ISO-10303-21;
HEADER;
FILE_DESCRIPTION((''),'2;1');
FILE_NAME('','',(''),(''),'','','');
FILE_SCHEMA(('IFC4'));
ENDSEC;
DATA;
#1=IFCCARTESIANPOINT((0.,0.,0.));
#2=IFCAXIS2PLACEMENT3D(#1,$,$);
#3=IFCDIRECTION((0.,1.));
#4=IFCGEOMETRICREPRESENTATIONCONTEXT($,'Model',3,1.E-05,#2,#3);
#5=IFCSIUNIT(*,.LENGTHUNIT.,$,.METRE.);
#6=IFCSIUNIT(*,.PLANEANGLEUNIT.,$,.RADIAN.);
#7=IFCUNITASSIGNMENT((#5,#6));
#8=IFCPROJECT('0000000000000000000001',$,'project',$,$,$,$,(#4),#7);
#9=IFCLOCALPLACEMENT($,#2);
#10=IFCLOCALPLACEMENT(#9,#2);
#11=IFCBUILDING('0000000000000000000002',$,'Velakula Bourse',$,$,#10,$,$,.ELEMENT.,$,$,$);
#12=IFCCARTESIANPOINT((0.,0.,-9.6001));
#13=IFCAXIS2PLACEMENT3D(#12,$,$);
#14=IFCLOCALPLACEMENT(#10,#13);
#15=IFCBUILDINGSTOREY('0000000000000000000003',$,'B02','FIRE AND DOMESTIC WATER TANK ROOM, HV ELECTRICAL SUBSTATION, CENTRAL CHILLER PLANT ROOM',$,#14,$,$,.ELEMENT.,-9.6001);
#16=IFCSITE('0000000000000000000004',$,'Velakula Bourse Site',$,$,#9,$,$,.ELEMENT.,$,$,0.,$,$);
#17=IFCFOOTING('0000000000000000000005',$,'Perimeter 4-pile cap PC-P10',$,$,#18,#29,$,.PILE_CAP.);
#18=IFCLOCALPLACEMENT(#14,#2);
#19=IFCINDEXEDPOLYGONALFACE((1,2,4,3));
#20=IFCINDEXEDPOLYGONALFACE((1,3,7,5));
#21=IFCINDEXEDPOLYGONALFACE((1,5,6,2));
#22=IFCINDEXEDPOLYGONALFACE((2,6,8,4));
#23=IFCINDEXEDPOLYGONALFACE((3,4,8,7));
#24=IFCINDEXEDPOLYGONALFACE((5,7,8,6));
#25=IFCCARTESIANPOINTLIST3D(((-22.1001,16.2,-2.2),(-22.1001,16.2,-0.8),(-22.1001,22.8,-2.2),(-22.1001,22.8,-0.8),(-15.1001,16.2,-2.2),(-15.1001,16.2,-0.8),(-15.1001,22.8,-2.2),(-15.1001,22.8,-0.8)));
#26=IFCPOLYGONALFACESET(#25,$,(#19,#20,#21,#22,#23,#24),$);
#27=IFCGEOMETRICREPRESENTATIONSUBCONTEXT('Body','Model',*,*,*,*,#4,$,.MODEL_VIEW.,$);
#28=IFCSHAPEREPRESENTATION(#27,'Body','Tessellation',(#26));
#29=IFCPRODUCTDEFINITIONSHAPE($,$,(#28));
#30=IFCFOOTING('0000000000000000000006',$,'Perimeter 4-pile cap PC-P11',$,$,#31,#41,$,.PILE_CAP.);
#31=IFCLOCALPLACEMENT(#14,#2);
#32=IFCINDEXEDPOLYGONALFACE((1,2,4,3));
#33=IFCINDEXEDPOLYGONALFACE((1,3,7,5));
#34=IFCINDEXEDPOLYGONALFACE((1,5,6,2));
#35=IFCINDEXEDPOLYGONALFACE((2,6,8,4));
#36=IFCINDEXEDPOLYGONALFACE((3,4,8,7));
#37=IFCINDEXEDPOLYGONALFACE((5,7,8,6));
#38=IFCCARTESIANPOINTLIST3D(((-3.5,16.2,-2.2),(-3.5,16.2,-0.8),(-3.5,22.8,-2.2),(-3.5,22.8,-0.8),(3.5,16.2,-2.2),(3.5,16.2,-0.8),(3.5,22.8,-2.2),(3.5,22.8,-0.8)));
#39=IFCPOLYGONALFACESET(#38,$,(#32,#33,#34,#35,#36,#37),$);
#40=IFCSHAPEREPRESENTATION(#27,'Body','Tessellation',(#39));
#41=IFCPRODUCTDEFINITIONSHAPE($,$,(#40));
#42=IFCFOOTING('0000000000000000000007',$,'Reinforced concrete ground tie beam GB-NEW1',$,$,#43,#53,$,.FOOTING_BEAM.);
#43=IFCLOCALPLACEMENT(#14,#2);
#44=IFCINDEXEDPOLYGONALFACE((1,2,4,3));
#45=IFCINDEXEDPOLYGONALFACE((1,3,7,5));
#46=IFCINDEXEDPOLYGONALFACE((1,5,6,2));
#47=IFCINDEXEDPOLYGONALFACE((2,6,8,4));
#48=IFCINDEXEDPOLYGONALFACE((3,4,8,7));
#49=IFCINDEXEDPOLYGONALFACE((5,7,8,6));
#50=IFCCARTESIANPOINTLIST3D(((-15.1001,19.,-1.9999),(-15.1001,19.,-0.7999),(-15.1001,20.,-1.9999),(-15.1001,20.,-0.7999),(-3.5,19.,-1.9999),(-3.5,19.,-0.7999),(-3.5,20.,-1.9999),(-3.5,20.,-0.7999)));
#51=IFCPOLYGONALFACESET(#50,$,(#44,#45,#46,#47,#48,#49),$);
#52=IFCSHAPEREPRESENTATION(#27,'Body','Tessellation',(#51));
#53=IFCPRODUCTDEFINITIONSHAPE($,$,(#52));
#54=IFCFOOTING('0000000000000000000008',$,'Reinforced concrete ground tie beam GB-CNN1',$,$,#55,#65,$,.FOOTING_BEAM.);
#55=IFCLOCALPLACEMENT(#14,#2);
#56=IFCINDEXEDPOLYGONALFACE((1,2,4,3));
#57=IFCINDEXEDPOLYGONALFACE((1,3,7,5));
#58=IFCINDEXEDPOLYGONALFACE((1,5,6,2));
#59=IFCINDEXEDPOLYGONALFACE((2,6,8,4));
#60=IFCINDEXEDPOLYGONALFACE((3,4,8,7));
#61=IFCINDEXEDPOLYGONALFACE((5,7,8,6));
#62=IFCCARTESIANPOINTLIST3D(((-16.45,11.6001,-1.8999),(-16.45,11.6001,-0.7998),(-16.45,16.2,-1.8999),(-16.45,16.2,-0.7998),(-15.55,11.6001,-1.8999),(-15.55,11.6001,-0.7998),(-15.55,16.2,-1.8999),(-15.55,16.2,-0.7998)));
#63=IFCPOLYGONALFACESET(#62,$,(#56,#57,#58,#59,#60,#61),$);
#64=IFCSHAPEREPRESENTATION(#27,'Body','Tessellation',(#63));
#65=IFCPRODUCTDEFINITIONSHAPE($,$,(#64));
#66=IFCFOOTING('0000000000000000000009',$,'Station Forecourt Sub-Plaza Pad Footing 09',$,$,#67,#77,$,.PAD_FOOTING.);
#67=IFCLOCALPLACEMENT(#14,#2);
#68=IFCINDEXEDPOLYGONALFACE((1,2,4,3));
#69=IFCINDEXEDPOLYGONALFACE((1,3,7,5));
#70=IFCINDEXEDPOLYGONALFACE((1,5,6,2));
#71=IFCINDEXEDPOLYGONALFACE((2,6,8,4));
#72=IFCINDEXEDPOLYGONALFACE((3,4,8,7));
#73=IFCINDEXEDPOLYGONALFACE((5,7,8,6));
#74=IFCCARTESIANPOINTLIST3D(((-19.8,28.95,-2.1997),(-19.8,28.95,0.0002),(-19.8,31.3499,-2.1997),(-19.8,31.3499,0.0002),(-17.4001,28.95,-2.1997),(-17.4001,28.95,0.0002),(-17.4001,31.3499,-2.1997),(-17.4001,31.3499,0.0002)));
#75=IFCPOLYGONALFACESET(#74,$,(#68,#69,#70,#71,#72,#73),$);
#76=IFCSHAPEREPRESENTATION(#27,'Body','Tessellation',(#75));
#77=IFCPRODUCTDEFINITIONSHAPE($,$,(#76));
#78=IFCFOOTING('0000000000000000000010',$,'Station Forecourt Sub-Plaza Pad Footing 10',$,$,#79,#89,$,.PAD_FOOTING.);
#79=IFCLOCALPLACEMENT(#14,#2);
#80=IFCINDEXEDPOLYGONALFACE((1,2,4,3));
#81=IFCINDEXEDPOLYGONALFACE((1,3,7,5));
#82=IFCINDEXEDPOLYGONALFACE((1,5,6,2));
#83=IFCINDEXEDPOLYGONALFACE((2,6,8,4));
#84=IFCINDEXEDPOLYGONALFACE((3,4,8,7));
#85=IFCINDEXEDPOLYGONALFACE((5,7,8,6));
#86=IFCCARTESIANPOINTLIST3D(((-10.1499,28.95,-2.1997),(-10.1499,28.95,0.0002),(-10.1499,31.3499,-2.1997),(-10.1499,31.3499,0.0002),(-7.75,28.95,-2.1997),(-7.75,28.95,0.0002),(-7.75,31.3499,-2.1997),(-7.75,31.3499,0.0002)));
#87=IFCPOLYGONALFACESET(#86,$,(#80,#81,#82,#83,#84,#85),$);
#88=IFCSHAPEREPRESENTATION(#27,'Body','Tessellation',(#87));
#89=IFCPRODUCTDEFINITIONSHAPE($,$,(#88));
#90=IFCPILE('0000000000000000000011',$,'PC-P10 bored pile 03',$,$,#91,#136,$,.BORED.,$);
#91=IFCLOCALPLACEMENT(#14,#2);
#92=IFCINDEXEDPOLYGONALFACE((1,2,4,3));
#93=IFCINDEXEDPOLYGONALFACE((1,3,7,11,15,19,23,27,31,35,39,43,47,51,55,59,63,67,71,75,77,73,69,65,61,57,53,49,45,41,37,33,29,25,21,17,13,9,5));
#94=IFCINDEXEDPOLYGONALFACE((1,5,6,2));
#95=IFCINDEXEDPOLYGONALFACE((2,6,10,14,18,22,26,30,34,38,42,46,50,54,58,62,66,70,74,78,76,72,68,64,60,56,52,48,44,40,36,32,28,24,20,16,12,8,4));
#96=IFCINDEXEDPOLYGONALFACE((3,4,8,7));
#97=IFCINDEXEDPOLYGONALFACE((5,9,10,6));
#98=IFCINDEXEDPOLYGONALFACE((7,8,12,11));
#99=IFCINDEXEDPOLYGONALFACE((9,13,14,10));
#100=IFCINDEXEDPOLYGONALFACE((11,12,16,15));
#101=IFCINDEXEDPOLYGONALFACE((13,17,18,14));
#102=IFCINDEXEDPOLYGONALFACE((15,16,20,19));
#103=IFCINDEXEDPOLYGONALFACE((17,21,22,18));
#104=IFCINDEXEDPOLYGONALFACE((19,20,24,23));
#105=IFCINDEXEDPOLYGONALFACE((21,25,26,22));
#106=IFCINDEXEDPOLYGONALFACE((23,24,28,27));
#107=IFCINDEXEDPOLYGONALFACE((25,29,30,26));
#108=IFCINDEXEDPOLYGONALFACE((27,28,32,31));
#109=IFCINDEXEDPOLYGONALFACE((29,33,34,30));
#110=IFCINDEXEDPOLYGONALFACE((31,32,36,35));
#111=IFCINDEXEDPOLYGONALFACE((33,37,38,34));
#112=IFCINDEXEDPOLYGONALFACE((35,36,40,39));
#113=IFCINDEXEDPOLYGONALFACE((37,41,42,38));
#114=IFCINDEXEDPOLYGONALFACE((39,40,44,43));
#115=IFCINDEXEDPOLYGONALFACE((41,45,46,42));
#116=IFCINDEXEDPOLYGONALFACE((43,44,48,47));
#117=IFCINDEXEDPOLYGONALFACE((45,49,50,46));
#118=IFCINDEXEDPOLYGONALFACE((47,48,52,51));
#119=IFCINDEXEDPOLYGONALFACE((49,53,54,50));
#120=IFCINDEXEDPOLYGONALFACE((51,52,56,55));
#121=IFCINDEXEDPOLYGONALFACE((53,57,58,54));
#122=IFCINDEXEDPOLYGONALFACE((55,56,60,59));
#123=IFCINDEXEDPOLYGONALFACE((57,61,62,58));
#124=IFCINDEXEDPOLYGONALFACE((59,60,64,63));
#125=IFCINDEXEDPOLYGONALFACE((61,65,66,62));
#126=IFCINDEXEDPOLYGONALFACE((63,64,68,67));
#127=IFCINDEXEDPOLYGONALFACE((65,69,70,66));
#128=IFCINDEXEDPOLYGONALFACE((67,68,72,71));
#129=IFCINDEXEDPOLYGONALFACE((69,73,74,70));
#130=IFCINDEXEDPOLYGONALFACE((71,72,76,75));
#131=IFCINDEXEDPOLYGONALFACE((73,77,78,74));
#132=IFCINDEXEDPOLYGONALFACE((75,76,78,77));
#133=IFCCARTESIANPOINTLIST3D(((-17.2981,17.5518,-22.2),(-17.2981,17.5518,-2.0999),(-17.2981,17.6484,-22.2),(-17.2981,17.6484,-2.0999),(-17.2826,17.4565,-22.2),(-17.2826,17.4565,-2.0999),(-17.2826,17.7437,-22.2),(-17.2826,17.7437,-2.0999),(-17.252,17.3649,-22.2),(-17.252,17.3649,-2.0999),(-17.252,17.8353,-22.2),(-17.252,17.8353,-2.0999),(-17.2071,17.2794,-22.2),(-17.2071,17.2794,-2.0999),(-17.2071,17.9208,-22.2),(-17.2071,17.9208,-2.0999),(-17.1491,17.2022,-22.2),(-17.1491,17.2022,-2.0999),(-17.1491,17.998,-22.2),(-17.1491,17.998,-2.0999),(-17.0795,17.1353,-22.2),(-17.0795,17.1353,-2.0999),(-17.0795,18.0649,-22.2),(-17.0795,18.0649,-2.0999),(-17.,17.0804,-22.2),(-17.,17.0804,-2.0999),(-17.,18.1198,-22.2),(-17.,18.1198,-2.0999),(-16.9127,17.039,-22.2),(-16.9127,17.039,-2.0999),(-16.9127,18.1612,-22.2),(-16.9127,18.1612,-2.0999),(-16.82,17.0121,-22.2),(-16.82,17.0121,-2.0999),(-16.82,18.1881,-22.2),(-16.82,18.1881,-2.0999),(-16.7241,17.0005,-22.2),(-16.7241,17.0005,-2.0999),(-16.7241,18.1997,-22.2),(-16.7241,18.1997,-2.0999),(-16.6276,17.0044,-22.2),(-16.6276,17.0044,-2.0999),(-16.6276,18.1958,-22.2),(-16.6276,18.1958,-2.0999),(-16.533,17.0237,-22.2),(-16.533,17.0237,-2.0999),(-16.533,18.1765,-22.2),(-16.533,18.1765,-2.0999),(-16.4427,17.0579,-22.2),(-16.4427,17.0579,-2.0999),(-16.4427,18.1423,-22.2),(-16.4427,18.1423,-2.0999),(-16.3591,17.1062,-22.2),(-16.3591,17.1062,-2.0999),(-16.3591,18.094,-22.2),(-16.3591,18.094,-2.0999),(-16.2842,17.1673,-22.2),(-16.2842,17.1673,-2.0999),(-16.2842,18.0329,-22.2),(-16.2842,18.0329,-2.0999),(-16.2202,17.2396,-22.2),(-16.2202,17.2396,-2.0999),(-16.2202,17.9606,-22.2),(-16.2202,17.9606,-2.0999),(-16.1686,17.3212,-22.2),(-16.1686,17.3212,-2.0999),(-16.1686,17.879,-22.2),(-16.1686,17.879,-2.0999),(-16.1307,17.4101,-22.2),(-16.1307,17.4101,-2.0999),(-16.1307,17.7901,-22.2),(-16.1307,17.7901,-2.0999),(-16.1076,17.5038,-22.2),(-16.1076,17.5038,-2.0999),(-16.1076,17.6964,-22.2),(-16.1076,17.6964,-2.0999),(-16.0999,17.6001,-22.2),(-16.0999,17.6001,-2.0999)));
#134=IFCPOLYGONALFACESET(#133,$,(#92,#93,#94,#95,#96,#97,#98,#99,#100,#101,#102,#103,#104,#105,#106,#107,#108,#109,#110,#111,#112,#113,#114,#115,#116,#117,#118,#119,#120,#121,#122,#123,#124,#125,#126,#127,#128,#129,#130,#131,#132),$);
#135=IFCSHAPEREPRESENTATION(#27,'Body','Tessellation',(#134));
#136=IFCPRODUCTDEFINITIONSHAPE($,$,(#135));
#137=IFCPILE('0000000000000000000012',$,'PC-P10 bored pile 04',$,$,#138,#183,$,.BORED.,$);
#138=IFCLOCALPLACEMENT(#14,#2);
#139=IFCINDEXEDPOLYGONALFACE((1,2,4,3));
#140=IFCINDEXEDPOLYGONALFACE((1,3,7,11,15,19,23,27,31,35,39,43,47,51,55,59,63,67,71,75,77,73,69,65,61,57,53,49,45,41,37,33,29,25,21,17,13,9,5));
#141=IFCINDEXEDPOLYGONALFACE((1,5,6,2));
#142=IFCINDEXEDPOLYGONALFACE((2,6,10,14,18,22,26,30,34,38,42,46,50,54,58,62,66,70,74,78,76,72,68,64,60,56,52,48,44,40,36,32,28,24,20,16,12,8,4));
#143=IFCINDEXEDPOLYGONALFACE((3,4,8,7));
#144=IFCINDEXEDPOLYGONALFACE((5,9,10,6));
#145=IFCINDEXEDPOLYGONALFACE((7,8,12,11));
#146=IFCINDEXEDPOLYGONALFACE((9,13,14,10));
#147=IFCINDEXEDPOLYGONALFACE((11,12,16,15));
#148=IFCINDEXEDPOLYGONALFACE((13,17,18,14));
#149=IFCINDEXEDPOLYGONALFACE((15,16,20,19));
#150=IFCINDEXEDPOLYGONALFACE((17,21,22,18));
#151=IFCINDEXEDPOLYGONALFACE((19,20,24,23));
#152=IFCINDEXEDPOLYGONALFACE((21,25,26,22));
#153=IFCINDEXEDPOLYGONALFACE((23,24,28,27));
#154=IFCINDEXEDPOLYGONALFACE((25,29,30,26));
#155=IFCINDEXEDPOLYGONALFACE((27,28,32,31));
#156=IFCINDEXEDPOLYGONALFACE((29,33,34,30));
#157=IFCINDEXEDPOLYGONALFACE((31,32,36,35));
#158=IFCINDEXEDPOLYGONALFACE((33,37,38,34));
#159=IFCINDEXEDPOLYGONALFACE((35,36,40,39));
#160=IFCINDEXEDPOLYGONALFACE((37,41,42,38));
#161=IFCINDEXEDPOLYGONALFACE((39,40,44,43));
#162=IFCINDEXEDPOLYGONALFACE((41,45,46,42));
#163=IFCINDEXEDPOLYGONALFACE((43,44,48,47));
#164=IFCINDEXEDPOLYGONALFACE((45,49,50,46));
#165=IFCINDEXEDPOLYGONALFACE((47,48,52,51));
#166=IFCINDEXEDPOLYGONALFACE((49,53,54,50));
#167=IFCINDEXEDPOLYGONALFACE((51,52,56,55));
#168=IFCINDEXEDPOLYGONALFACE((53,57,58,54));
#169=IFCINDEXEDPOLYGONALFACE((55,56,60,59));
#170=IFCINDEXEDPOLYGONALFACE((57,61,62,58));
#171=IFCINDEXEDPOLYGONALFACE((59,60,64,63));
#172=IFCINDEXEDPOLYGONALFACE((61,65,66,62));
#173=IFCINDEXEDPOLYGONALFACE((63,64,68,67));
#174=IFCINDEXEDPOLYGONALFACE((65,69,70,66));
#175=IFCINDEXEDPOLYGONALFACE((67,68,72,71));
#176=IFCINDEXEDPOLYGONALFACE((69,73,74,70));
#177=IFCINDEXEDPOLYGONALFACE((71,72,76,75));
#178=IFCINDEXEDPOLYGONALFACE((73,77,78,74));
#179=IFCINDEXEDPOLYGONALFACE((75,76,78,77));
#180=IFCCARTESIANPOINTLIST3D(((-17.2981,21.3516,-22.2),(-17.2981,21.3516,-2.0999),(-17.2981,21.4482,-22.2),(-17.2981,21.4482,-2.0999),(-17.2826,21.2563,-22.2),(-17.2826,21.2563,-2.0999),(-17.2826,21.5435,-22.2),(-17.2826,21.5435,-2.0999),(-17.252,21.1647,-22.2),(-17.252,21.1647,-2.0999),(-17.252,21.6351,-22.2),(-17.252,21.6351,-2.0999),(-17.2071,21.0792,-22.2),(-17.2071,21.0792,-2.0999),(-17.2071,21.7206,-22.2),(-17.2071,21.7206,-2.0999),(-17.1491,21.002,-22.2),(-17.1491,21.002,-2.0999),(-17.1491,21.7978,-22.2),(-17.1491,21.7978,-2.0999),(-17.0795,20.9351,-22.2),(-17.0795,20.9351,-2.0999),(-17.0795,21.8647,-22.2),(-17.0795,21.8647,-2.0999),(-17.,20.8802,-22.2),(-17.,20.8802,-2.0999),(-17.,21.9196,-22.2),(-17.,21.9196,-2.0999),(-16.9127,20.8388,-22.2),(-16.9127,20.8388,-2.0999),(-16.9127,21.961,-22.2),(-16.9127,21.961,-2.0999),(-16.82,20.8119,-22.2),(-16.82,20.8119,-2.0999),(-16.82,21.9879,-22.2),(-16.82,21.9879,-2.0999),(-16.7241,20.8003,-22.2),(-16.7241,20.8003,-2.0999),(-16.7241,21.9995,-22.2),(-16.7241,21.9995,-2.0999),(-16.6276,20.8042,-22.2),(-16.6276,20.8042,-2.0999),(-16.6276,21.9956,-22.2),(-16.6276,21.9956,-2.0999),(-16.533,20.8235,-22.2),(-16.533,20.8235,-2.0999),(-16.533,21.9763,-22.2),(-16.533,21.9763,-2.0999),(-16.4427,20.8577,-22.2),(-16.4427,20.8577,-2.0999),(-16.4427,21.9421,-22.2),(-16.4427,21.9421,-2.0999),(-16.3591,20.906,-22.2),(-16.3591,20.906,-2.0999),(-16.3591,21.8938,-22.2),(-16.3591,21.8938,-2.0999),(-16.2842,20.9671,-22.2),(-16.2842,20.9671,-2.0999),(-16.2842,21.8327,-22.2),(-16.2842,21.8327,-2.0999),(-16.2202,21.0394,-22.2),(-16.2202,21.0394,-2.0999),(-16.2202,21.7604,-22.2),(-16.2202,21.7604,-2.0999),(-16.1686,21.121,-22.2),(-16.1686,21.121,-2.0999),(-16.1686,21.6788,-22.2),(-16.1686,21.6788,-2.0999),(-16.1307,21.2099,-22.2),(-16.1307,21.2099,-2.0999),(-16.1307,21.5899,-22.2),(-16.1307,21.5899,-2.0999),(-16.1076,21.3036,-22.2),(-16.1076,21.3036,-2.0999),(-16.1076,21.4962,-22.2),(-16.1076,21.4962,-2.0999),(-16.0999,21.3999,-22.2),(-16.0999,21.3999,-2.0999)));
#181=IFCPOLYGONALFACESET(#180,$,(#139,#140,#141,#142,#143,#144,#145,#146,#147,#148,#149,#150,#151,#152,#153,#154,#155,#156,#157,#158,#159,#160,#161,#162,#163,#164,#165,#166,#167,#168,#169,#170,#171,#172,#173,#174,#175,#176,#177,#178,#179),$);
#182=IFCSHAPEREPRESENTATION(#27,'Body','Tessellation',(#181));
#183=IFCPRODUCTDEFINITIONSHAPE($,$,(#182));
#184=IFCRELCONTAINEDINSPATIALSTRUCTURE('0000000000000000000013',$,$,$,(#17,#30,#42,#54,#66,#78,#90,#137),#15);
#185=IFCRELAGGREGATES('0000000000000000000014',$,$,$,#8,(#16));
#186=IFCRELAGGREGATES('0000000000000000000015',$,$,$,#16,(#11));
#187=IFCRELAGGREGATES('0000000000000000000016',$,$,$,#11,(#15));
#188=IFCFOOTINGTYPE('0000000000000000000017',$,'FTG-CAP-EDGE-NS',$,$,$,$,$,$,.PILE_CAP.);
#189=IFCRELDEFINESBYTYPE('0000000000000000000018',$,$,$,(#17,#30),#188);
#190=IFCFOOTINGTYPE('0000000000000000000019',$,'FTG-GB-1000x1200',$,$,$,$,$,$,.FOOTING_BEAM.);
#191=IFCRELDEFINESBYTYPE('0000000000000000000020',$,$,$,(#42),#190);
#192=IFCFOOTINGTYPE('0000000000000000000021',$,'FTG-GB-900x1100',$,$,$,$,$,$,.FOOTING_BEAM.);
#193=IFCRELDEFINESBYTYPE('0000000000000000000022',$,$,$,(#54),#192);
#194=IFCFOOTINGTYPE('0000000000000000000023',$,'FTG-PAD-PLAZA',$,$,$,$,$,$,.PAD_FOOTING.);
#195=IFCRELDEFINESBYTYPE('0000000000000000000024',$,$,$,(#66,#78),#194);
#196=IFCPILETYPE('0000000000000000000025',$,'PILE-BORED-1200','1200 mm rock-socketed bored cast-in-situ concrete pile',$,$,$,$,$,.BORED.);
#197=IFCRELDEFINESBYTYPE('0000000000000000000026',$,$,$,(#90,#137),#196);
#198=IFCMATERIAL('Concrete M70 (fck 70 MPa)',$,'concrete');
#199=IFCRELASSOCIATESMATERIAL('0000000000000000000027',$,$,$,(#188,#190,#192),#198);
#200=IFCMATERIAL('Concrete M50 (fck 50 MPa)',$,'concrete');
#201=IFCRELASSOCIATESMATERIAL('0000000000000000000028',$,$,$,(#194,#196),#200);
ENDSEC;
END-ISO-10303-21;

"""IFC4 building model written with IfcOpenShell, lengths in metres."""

from ifc_helpers import new_model, si_unit, direction, frame, origin, origin_2d, place, context, subcontext, project, spatial, rectangle, circle, extrude, material, material_profile, profile_set, type_object, element, save


model = new_model("IFC4")

# Units and contexts
model_context = context("Model", 3, precision=1e-05, world=origin(), true_north=direction((0.0, 1.0)))
body_context = subcontext(model_context, "Body", "Model", "MODEL_VIEW")
ifc_project = project(units=[si_unit("LENGTHUNIT", "METRE"), si_unit("PLANEANGLEUNIT", "RADIAN")], contexts=[model_context])

# Site, building, storey
site_placement = place(None, origin())
site = spatial("IfcSite", under=ifc_project, at=site_placement, Name="Velakula Bourse Site", CompositionType="ELEMENT", RefElevation=0.0)
building_placement = place(site_placement, origin())
building = spatial("IfcBuilding", under=site, at=building_placement, Name="Velakula Bourse", CompositionType="ELEMENT")
storey_placement = place(building_placement, frame((0.0, 0.0, -9.6001)))
storey = spatial("IfcBuildingStorey", under=building, at=storey_placement, Name="B02", Description="FIRE AND DOMESTIC WATER TANK ROOM, HV ELECTRICAL SUBSTATION, CENTRAL CHILLER PLANT ROOM", CompositionType="ELEMENT", Elevation=-9.6001)

# Footings
ifc_material_1 = material(Name="Concrete M70 (fck 70 MPa)", Category="concrete")
footing_type_1 = type_object("IfcFootingType", Name="FTG-CAP-EDGE-NS", PredefinedType="PILE_CAP", material=ifc_material_1)
for number, where, z_axis, x_axis, name in (
    (1, (-18.6001, 19.5, -2.2), (0.0, 0.0, 1.0), (1.0, 0.0, 0.0), "Perimeter 4-pile cap PC-P10"),
    (2, (0.0, 19.5, -2.2), (0.0, 0.0, 1.0), (1.0, 0.0, 0.0), "Perimeter 4-pile cap PC-P11"),
):
    element("IfcFooting", number, at=place(storey_placement, frame(where, z_axis=z_axis, x_axis=x_axis)), inside=storey, type_object=footing_type_1, Name=name, PredefinedType="PILE_CAP", context=body_context, shape_type="SweptSolid", body=[
        extrude(rectangle(XDim=7.0, YDim=6.6001, at=origin_2d()), origin(), (0.0, 0.0, 1.0), 1.3999),
    ])
ifc_material_profile_1 = material_profile(ifc_material_1, rectangle(XDim=1.0, YDim=1.2, at=origin_2d()), Name="Concrete M70 (fck 70 MPa)")
ifc_profile_set_1 = profile_set([ifc_material_profile_1], Name="Concrete M70 (fck 70 MPa)")
footing_type_2 = type_object("IfcFootingType", Name="FTG-GB-1000x1200", PredefinedType="FOOTING_BEAM", material=ifc_profile_set_1)
footing_1_placement = place(storey_placement, frame((-15.1001, 19.5, -1.3999), z_axis=(1.0, 0.0, 0.0), x_axis=(0.0, 1.0, 0.0)))
element("IfcFooting", 3, at=footing_1_placement, inside=storey, type_object=footing_type_2, Name="Reinforced concrete ground tie beam GB-NEW1", PredefinedType="FOOTING_BEAM", context=body_context, shape_type="SweptSolid", body=[
    extrude(rectangle(XDim=1.0, YDim=1.2, at=origin_2d()), origin(), (0.0, 0.0, 1.0), 11.6001),
])
ifc_material_profile_2 = material_profile(ifc_material_1, rectangle(XDim=0.8999, YDim=1.1001, at=origin_2d()), Name="Concrete M70 (fck 70 MPa)")
ifc_profile_set_2 = profile_set([ifc_material_profile_2], Name="Concrete M70 (fck 70 MPa)")
footing_type_3 = type_object("IfcFootingType", Name="FTG-GB-900x1100", PredefinedType="FOOTING_BEAM", material=ifc_profile_set_2)
footing_2_placement = place(storey_placement, frame((-16.0, 11.6001, -1.3499), z_axis=(0.0, 1.0, 0.0), x_axis=(-1.0, 0.0, 0.0)))
element("IfcFooting", 4, at=footing_2_placement, inside=storey, type_object=footing_type_3, Name="Reinforced concrete ground tie beam GB-CNN1", PredefinedType="FOOTING_BEAM", context=body_context, shape_type="SweptSolid", body=[
    extrude(rectangle(XDim=0.8999, YDim=1.1001, at=origin_2d()), origin(), (0.0, 0.0, 1.0), 4.5999),
])
ifc_material_2 = material(Name="Concrete M50 (fck 50 MPa)", Category="concrete")
footing_type_4 = type_object("IfcFootingType", Name="FTG-PAD-PLAZA", PredefinedType="PAD_FOOTING", material=ifc_material_2)
for number, where, z_axis, x_axis, name in (
    (5, (-18.6001, 30.1499, -2.1997), (0.0, 0.0, 1.0), (1.0, 0.0, 0.0), "Station Forecourt Sub-Plaza Pad Footing 09"),
    (6, (-8.95, 30.1499, -2.1997), (0.0, 0.0, 1.0), (1.0, 0.0, 0.0), "Station Forecourt Sub-Plaza Pad Footing 10"),
):
    element("IfcFooting", number, at=place(storey_placement, frame(where, z_axis=z_axis, x_axis=x_axis)), inside=storey, type_object=footing_type_4, Name=name, PredefinedType="PAD_FOOTING", context=body_context, shape_type="SweptSolid", body=[
        extrude(rectangle(XDim=2.3999, YDim=2.3999, at=origin_2d()), origin(), (0.0, 0.0, 1.0), 2.2),
    ])

# Piles
ifc_material_profile_3 = material_profile(ifc_material_2, circle(Radius=0.6001, at=origin_2d()), Name="Concrete M50 (fck 50 MPa)")
ifc_profile_set_3 = profile_set([ifc_material_profile_3], Name="Concrete M50 (fck 50 MPa)")
pile_type_1 = type_object("IfcPileType", Name="PILE-BORED-1200", Description="1200 mm rock-socketed bored cast-in-situ concrete pile", PredefinedType="BORED", material=ifc_profile_set_3)
for number, where, z_axis, x_axis, name in (
    (7, (-16.7, 17.6001, -2.0999), (0.0, 0.0, -1.0), (1.0, 0.0, 0.0), "PC-P10 bored pile 03"),
    (8, (-16.7, 21.3999, -2.0999), (0.0, 0.0, -1.0), (1.0, 0.0, 0.0), "PC-P10 bored pile 04"),
):
    element("IfcPile", number, at=place(storey_placement, frame(where, z_axis=z_axis, x_axis=x_axis)), inside=storey, type_object=pile_type_1, Name=name, PredefinedType="BORED", context=body_context, shape_type="SweptSolid", body=[
        extrude(circle(Radius=0.6001, at=origin_2d()), origin(), (0.0, 0.0, 1.0), 20.1001),
    ])

save(model, "model.ifc")
